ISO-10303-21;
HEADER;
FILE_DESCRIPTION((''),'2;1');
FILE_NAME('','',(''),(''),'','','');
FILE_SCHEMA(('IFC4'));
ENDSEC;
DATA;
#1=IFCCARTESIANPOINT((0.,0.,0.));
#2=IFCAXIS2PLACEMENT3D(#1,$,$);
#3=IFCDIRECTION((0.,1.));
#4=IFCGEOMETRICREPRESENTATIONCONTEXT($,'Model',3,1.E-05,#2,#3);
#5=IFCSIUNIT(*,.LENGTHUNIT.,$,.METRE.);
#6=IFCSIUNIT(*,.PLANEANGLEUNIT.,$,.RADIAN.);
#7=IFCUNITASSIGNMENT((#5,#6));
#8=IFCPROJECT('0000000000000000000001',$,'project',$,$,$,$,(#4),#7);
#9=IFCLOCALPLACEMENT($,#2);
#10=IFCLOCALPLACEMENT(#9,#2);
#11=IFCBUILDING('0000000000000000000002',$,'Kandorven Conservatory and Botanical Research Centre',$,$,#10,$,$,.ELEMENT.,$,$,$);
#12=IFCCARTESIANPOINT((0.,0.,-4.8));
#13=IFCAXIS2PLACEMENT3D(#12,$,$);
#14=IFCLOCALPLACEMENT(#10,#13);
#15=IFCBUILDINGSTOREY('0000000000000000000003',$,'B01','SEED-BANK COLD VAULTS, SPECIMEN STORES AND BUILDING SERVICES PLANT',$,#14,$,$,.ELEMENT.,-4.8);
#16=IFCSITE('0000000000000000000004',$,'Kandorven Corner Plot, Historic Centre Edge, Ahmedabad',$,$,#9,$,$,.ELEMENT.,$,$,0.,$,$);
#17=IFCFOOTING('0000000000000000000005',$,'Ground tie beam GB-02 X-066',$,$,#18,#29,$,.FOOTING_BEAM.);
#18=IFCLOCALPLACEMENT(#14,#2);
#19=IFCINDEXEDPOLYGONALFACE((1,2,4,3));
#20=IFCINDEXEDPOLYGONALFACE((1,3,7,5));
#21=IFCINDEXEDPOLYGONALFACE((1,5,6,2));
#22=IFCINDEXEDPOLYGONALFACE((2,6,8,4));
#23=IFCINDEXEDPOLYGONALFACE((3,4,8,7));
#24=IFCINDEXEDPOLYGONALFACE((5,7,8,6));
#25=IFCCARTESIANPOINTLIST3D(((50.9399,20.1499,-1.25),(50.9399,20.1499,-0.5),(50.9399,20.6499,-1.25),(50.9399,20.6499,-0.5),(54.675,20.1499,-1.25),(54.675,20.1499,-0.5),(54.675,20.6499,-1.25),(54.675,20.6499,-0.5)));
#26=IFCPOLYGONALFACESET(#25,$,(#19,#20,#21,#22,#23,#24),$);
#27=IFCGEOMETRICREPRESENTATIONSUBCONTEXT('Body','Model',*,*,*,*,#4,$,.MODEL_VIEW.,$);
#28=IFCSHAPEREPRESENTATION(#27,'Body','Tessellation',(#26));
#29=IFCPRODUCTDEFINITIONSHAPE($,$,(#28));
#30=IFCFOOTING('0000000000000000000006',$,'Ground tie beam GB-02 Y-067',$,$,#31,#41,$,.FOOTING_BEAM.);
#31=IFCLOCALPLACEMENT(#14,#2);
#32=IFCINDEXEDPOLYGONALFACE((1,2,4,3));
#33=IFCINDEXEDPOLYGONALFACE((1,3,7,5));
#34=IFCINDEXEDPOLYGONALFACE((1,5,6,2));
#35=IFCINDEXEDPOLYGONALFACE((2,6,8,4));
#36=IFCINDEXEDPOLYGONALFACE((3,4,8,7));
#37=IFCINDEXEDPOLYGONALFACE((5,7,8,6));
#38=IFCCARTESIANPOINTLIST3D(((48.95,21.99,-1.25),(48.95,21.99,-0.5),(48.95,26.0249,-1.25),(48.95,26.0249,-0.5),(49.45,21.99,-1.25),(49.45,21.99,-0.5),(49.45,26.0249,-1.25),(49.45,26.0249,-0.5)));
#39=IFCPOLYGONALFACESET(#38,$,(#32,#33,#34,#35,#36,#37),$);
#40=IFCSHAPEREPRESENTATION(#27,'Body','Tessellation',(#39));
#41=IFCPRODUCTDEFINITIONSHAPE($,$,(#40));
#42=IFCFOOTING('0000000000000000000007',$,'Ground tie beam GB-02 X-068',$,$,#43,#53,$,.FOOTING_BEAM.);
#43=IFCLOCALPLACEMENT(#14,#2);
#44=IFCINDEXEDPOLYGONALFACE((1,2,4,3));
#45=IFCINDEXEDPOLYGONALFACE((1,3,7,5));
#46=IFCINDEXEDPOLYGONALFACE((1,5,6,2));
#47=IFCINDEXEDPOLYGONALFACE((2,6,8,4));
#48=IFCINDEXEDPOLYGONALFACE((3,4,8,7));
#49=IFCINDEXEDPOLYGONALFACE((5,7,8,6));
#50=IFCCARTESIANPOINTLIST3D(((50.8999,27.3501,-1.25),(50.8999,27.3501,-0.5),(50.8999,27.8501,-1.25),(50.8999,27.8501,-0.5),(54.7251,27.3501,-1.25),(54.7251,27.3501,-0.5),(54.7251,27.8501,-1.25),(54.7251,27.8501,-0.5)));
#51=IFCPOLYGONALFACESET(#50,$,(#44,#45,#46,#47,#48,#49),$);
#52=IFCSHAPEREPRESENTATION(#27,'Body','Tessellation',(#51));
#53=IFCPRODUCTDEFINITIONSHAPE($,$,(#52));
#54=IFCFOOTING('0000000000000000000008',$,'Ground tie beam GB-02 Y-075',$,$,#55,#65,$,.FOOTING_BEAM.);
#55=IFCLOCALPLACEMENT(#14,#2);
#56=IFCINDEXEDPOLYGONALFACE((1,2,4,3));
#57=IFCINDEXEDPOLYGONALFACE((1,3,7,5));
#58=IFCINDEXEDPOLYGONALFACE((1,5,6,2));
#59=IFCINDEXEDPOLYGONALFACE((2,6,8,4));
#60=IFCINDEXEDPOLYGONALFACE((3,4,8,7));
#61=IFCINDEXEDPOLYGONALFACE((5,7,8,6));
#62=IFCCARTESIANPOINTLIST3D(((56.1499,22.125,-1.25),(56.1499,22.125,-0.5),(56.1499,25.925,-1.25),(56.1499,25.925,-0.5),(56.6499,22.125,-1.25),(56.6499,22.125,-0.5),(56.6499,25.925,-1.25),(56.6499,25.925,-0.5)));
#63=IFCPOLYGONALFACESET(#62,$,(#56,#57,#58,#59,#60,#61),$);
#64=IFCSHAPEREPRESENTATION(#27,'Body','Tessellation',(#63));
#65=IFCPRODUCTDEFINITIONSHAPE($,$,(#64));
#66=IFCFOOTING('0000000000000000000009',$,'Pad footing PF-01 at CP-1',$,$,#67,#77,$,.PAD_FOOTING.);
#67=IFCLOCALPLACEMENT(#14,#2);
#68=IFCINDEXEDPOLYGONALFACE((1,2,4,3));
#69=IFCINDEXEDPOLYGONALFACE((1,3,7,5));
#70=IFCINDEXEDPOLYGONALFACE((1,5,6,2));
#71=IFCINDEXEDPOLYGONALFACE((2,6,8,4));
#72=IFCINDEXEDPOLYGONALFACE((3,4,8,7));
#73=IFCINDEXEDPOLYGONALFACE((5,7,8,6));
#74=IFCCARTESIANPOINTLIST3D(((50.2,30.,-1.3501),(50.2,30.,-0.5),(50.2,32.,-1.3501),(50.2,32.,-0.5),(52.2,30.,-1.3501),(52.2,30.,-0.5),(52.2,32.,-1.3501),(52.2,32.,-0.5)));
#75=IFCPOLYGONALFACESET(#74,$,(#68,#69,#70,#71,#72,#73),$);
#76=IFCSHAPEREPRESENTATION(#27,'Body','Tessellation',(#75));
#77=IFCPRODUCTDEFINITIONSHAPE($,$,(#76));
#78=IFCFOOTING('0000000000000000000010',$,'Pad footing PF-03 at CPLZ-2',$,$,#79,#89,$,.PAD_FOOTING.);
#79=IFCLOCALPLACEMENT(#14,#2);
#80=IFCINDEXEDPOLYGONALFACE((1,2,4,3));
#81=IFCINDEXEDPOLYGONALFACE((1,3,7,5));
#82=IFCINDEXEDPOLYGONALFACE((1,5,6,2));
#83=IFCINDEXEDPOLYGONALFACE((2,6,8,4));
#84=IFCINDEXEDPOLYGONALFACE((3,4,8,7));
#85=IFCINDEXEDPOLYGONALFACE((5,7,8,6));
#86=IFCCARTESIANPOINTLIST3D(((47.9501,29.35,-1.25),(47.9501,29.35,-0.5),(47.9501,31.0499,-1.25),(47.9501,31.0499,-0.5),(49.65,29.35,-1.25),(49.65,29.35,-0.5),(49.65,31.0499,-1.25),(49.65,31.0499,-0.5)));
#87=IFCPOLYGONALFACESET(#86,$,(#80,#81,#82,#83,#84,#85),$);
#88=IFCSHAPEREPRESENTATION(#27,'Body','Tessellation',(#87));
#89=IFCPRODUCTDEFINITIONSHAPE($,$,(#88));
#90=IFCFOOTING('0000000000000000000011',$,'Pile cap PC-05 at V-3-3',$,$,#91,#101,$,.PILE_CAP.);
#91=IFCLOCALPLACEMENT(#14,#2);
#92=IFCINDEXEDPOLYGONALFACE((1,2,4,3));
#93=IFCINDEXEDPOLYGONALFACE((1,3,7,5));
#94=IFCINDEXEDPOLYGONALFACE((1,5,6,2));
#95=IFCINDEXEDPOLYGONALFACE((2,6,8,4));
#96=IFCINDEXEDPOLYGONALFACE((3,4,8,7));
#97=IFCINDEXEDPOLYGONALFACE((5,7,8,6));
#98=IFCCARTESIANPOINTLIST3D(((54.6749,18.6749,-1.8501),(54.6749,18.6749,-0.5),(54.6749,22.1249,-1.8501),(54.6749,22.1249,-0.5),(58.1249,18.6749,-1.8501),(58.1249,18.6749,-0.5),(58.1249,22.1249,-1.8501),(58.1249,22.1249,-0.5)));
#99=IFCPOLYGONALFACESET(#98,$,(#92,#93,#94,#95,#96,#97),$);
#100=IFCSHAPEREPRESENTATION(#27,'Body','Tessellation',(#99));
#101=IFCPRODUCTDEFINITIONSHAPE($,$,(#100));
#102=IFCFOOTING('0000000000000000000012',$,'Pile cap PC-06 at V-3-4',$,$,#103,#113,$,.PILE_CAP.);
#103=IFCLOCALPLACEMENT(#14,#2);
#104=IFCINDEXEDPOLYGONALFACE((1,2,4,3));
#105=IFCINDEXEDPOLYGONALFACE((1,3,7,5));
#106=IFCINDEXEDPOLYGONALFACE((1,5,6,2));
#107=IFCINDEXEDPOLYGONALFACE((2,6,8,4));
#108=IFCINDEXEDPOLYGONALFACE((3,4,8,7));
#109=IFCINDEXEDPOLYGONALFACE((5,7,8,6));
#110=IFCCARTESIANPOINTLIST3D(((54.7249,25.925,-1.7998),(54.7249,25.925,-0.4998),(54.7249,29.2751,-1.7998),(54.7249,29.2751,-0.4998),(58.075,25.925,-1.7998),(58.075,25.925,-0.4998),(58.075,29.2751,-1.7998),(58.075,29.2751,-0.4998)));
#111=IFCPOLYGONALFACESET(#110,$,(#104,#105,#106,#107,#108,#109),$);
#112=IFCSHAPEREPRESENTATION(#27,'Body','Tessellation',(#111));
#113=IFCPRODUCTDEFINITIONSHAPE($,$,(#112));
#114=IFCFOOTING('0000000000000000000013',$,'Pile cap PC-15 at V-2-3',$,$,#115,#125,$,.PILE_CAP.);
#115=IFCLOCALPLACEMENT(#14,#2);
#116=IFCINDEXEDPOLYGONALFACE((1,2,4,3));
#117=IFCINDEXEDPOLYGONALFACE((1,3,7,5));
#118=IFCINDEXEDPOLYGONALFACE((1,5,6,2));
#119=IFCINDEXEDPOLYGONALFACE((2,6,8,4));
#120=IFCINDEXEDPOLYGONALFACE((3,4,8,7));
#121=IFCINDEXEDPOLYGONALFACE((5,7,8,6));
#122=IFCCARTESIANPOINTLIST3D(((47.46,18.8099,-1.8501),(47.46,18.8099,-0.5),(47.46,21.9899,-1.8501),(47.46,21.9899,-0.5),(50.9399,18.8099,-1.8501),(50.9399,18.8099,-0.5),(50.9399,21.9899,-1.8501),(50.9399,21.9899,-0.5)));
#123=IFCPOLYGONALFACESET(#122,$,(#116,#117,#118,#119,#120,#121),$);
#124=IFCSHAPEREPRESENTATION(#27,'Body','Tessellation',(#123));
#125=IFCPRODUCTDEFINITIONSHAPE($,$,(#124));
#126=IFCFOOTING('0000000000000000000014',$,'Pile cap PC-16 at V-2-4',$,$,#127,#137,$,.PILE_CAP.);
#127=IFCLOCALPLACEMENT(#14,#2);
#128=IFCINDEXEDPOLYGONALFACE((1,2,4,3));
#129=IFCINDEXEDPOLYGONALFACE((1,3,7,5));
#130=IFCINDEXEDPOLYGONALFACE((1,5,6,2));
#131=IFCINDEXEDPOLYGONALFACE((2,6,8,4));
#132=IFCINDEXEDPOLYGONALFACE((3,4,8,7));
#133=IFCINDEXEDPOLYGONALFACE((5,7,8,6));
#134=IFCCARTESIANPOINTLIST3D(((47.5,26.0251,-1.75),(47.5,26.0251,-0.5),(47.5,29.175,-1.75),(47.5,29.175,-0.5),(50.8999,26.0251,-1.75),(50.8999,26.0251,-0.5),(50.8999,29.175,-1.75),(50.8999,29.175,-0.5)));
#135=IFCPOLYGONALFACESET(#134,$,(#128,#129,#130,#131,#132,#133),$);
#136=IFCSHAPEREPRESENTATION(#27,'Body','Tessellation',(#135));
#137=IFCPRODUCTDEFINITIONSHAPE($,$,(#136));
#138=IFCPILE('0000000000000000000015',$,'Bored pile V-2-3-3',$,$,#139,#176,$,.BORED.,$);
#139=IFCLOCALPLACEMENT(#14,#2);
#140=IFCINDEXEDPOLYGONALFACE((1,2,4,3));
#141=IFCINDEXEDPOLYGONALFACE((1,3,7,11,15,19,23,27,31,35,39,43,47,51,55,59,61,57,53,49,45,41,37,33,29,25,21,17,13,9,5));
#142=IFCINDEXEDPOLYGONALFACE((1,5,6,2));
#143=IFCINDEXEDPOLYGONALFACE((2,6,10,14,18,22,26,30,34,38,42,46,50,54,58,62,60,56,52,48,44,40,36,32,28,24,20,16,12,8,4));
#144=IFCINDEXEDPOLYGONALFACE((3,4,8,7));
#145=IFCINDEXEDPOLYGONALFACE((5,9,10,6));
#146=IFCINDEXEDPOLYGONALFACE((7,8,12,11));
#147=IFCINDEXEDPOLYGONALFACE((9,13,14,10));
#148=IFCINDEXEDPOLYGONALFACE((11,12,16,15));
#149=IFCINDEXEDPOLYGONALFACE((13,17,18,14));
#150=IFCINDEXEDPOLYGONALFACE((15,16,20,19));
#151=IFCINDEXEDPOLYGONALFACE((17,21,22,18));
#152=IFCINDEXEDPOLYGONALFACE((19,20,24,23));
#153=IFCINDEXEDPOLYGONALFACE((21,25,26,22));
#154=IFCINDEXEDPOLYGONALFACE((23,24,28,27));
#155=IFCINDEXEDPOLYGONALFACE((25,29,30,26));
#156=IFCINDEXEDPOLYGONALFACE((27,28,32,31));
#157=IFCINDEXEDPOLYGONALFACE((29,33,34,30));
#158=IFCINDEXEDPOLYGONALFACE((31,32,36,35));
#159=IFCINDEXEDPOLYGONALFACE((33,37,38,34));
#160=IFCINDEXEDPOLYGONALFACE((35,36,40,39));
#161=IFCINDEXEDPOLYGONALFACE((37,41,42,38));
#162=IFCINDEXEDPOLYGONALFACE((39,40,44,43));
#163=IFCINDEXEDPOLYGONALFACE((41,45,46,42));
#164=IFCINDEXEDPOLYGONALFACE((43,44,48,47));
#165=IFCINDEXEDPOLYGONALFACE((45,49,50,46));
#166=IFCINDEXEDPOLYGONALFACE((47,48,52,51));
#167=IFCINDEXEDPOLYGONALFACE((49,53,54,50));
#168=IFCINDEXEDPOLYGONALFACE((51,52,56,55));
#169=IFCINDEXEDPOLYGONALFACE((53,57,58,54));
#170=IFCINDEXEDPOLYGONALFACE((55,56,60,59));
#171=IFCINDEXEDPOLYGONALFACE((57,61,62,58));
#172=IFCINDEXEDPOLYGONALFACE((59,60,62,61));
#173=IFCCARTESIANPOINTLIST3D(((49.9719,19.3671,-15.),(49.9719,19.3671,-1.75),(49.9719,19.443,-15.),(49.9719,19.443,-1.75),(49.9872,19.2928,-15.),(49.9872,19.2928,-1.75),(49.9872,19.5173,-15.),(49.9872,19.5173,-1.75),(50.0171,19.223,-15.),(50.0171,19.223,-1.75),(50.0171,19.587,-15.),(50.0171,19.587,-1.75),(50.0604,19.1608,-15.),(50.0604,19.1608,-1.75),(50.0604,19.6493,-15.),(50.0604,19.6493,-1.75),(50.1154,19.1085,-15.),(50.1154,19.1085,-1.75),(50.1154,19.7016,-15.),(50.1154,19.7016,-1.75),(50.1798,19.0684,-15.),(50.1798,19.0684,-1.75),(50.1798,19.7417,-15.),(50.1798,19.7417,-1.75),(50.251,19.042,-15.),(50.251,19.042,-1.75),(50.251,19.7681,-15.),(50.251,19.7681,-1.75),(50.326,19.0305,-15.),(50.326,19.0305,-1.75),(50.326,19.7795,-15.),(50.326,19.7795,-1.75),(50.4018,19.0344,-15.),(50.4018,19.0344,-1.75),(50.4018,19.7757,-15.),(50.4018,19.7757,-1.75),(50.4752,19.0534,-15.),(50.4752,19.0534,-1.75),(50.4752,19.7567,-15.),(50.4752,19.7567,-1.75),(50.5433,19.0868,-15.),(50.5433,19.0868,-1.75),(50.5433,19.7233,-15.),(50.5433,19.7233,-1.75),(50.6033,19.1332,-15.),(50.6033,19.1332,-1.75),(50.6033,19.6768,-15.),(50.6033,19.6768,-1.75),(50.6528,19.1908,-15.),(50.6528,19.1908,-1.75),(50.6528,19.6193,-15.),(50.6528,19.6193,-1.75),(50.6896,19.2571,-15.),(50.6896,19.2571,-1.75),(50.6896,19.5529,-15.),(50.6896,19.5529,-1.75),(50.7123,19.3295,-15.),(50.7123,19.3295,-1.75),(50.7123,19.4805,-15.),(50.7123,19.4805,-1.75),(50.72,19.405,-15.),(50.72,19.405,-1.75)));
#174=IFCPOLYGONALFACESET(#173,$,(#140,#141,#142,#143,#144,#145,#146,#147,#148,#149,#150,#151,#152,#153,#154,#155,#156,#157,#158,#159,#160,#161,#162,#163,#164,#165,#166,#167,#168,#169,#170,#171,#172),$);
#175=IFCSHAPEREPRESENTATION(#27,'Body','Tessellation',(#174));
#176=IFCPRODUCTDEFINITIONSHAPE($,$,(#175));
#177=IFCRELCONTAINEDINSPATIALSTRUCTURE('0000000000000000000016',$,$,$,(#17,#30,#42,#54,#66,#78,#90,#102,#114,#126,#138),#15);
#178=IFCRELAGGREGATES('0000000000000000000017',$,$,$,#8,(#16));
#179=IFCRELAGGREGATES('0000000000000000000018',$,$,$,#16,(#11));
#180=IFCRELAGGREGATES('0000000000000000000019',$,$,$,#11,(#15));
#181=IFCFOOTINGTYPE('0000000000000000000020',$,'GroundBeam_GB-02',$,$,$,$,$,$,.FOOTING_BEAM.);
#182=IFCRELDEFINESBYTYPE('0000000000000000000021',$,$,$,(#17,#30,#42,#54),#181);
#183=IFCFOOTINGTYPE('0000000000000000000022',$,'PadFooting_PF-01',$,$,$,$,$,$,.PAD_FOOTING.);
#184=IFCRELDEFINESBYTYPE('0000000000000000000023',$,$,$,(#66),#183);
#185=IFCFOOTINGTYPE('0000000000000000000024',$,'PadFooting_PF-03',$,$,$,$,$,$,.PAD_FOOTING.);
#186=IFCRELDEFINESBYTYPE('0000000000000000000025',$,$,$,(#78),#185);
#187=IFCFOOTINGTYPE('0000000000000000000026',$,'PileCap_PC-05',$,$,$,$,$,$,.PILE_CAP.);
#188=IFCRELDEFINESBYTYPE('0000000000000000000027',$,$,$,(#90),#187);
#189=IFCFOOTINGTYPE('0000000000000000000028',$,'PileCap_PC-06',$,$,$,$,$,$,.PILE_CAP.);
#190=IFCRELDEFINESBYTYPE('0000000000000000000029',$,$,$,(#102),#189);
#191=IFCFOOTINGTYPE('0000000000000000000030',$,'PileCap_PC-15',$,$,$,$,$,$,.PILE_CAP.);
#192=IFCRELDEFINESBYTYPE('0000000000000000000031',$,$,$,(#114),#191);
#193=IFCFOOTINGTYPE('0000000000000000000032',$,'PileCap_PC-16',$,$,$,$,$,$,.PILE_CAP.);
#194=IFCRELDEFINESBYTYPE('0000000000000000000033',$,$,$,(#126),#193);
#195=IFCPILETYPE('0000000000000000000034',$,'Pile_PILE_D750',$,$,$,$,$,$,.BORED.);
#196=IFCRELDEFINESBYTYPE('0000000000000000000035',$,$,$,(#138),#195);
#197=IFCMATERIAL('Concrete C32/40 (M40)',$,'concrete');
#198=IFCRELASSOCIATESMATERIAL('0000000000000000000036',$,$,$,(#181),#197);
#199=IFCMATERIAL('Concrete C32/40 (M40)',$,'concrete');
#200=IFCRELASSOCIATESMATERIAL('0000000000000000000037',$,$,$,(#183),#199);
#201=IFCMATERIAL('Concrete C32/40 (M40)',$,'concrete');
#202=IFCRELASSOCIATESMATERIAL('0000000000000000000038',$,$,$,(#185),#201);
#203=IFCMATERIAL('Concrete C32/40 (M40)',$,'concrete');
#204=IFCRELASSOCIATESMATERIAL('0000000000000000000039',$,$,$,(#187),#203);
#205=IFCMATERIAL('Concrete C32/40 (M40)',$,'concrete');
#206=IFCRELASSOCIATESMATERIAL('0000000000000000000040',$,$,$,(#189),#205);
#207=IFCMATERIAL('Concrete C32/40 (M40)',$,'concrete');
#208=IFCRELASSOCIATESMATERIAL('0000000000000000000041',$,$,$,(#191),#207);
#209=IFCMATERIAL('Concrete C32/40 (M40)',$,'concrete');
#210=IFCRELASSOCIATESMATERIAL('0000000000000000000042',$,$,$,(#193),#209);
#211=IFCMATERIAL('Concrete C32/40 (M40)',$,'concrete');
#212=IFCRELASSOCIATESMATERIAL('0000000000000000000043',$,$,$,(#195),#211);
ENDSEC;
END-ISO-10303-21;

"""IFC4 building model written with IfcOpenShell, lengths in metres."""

from ifc_helpers import new_model, si_unit, direction, frame, origin, origin_2d, place, context, subcontext, project, spatial, rectangle, circle, extrude, material, material_profile, profile_set, type_object, element, save


model = new_model("IFC4")

# Units and contexts
model_context = context("Model", 3, precision=1e-05, world=origin(), true_north=direction((0.0, 1.0)))
body_context = subcontext(model_context, "Body", "Model", "MODEL_VIEW")
ifc_project = project(units=[si_unit("LENGTHUNIT", "METRE"), si_unit("PLANEANGLEUNIT", "RADIAN")], contexts=[model_context])

# Site, building, storey
site_placement = place(None, origin())
site = spatial("IfcSite", under=ifc_project, at=site_placement, Name="Kandorven Corner Plot, Historic Centre Edge, Ahmedabad", CompositionType="ELEMENT", RefElevation=0.0)
building_placement = place(site_placement, origin())
building = spatial("IfcBuilding", under=site, at=building_placement, Name="Kandorven Conservatory and Botanical Research Centre", CompositionType="ELEMENT")
storey_placement = place(building_placement, frame((0.0, 0.0, -4.8)))
storey = spatial("IfcBuildingStorey", under=building, at=storey_placement, Name="B01", Description="SEED-BANK COLD VAULTS, SPECIMEN STORES AND BUILDING SERVICES PLANT", CompositionType="ELEMENT", Elevation=-4.8)

# Footings
ifc_material_1 = material(Name="Concrete C32/40 (M40)", Category="concrete")
ifc_material_profile_1 = material_profile(ifc_material_1, rectangle(XDim=0.5, YDim=0.75, at=origin_2d()))
ifc_profile_set_1 = profile_set([ifc_material_profile_1], Name="Concrete C32/40 (M40)")
footing_type_1 = type_object("IfcFootingType", Name="GroundBeam_GB-02", PredefinedType="FOOTING_BEAM", material=ifc_profile_set_1)
footing_1_placement = place(storey_placement, frame((50.9399, 20.3999, -0.875), z_axis=(1.0, 0.0, 0.0), x_axis=(0.0, 1.0, 0.0)))
element("IfcFooting", 1, at=footing_1_placement, inside=storey, type_object=footing_type_1, Name="Ground tie beam GB-02 X-066", PredefinedType="FOOTING_BEAM", context=body_context, shape_type="SweptSolid", body=[
    extrude(rectangle(XDim=0.5, YDim=0.75, at=origin_2d()), origin(), (0.0, 0.0, 1.0), 3.7351),
])
footing_2_placement = place(storey_placement, frame((49.2, 21.99, -0.875), z_axis=(0.0, 1.0, 0.0), x_axis=(-1.0, 0.0, 0.0)))
element("IfcFooting", 2, at=footing_2_placement, inside=storey, type_object=footing_type_1, Name="Ground tie beam GB-02 Y-067", PredefinedType="FOOTING_BEAM", context=body_context, shape_type="SweptSolid", body=[
    extrude(rectangle(XDim=0.5, YDim=0.75, at=origin_2d()), origin(), (0.0, 0.0, 1.0), 4.0349),
])
footing_3_placement = place(storey_placement, frame((50.8999, 27.6001, -0.875), z_axis=(1.0, 0.0, 0.0), x_axis=(0.0, 1.0, 0.0)))
element("IfcFooting", 3, at=footing_3_placement, inside=storey, type_object=footing_type_1, Name="Ground tie beam GB-02 X-068", PredefinedType="FOOTING_BEAM", context=body_context, shape_type="SweptSolid", body=[
    extrude(rectangle(XDim=0.5, YDim=0.75, at=origin_2d()), origin(), (0.0, 0.0, 1.0), 3.8252),
])
footing_4_placement = place(storey_placement, frame((56.3999, 22.125, -0.875), z_axis=(0.0, 1.0, 0.0), x_axis=(-1.0, 0.0, 0.0)))
element("IfcFooting", 4, at=footing_4_placement, inside=storey, type_object=footing_type_1, Name="Ground tie beam GB-02 Y-075", PredefinedType="FOOTING_BEAM", context=body_context, shape_type="SweptSolid", body=[
    extrude(rectangle(XDim=0.5, YDim=0.75, at=origin_2d()), origin(), (0.0, 0.0, 1.0), 3.8),
])
ifc_material_2 = material(Name="Concrete C32/40 (M40)", Category="concrete")
footing_type_2 = type_object("IfcFootingType", Name="PadFooting_PF-01", PredefinedType="PAD_FOOTING", material=ifc_material_2)
footing_5_placement = place(storey_placement, frame((51.2, 31.0, -1.3501), z_axis=(0.0, 0.0, 1.0), x_axis=(1.0, 0.0, 0.0)))
element("IfcFooting", 5, at=footing_5_placement, inside=storey, type_object=footing_type_2, Name="Pad footing PF-01 at CP-1", PredefinedType="PAD_FOOTING", context=body_context, shape_type="SweptSolid", body=[
    extrude(rectangle(XDim=2.0, YDim=2.0, at=origin_2d()), origin(), (0.0, 0.0, 1.0), 0.8501),
])
ifc_material_3 = material(Name="Concrete C32/40 (M40)", Category="concrete")
footing_type_3 = type_object("IfcFootingType", Name="PadFooting_PF-03", PredefinedType="PAD_FOOTING", material=ifc_material_3)
footing_6_placement = place(storey_placement, frame((48.8, 30.2, -1.25), z_axis=(0.0, 0.0, 1.0), x_axis=(1.0, 0.0, 0.0)))
element("IfcFooting", 6, at=footing_6_placement, inside=storey, type_object=footing_type_3, Name="Pad footing PF-03 at CPLZ-2", PredefinedType="PAD_FOOTING", context=body_context, shape_type="SweptSolid", body=[
    extrude(rectangle(XDim=1.7, YDim=1.7, at=origin_2d()), origin(), (0.0, 0.0, 1.0), 0.75),
])
ifc_material_4 = material(Name="Concrete C32/40 (M40)", Category="concrete")
footing_type_4 = type_object("IfcFootingType", Name="PileCap_PC-05", PredefinedType="PILE_CAP", material=ifc_material_4)
footing_7_placement = place(storey_placement, frame((56.3999, 20.3999, -1.8501), z_axis=(0.0, 0.0, 1.0), x_axis=(1.0, 0.0, 0.0)))
element("IfcFooting", 7, at=footing_7_placement, inside=storey, type_object=footing_type_4, Name="Pile cap PC-05 at V-3-3", PredefinedType="PILE_CAP", context=body_context, shape_type="SweptSolid", body=[
    extrude(rectangle(XDim=3.45, YDim=3.45, at=origin_2d()), origin(), (0.0, 0.0, 1.0), 1.3501),
])
ifc_material_5 = material(Name="Concrete C32/40 (M40)", Category="concrete")
footing_type_5 = type_object("IfcFootingType", Name="PileCap_PC-06", PredefinedType="PILE_CAP", material=ifc_material_5)
footing_8_placement = place(storey_placement, frame((56.3999, 27.6001, -1.7998), z_axis=(0.0, 0.0, 1.0), x_axis=(1.0, 0.0, 0.0)))
element("IfcFooting", 8, at=footing_8_placement, inside=storey, type_object=footing_type_5, Name="Pile cap PC-06 at V-3-4", PredefinedType="PILE_CAP", context=body_context, shape_type="SweptSolid", body=[
    extrude(rectangle(XDim=3.3501, YDim=3.3501, at=origin_2d()), origin(), (0.0, 0.0, 1.0), 1.3),
])
ifc_material_6 = material(Name="Concrete C32/40 (M40)", Category="concrete")
footing_type_6 = type_object("IfcFootingType", Name="PileCap_PC-15", PredefinedType="PILE_CAP", material=ifc_material_6)
footing_9_placement = place(storey_placement, frame((49.2, 20.3999, -1.8501), z_axis=(0.0, 0.0, 1.0), x_axis=(1.0, 0.0, 0.0)))
element("IfcFooting", 9, at=footing_9_placement, inside=storey, type_object=footing_type_6, Name="Pile cap PC-15 at V-2-3", PredefinedType="PILE_CAP", context=body_context, shape_type="SweptSolid", body=[
    extrude(rectangle(XDim=3.48, YDim=3.1799, at=origin_2d()), origin(), (0.0, 0.0, 1.0), 1.3501),
])
ifc_material_7 = material(Name="Concrete C32/40 (M40)", Category="concrete")
footing_type_7 = type_object("IfcFootingType", Name="PileCap_PC-16", PredefinedType="PILE_CAP", material=ifc_material_7)
footing_10_placement = place(storey_placement, frame((49.2, 27.6001, -1.75), z_axis=(0.0, 0.0, 1.0), x_axis=(1.0, 0.0, 0.0)))
element("IfcFooting", 10, at=footing_10_placement, inside=storey, type_object=footing_type_7, Name="Pile cap PC-16 at V-2-4", PredefinedType="PILE_CAP", context=body_context, shape_type="SweptSolid", body=[
    extrude(rectangle(XDim=3.3999, YDim=3.1499, at=origin_2d()), origin(), (0.0, 0.0, 1.0), 1.25),
])

# Pile
ifc_material_8 = material(Name="Concrete C32/40 (M40)", Category="concrete")
ifc_material_profile_2 = material_profile(ifc_material_8, circle(Radius=0.375, at=origin_2d()))
ifc_profile_set_2 = profile_set([ifc_material_profile_2], Name="Concrete C32/40 (M40)")
pile_type = type_object("IfcPileType", Name="Pile_PILE_D750", PredefinedType="BORED", material=ifc_profile_set_2)
for number, where, z_axis, x_axis, name in (
    (11, (50.345, 19.405, -1.75), (0.0, 0.0, -1.0), (1.0, 0.0, 0.0), "Bored pile V-2-3-3"),
):
    element("IfcPile", number, at=place(storey_placement, frame(where, z_axis=z_axis, x_axis=x_axis)), inside=storey, type_object=pile_type, Name=name, PredefinedType="BORED", context=body_context, shape_type="SweptSolid", body=[
        extrude(circle(Radius=0.375, at=origin_2d()), origin(), (0.0, 0.0, 1.0), 13.25),
    ])

save(model, "model.ifc")
